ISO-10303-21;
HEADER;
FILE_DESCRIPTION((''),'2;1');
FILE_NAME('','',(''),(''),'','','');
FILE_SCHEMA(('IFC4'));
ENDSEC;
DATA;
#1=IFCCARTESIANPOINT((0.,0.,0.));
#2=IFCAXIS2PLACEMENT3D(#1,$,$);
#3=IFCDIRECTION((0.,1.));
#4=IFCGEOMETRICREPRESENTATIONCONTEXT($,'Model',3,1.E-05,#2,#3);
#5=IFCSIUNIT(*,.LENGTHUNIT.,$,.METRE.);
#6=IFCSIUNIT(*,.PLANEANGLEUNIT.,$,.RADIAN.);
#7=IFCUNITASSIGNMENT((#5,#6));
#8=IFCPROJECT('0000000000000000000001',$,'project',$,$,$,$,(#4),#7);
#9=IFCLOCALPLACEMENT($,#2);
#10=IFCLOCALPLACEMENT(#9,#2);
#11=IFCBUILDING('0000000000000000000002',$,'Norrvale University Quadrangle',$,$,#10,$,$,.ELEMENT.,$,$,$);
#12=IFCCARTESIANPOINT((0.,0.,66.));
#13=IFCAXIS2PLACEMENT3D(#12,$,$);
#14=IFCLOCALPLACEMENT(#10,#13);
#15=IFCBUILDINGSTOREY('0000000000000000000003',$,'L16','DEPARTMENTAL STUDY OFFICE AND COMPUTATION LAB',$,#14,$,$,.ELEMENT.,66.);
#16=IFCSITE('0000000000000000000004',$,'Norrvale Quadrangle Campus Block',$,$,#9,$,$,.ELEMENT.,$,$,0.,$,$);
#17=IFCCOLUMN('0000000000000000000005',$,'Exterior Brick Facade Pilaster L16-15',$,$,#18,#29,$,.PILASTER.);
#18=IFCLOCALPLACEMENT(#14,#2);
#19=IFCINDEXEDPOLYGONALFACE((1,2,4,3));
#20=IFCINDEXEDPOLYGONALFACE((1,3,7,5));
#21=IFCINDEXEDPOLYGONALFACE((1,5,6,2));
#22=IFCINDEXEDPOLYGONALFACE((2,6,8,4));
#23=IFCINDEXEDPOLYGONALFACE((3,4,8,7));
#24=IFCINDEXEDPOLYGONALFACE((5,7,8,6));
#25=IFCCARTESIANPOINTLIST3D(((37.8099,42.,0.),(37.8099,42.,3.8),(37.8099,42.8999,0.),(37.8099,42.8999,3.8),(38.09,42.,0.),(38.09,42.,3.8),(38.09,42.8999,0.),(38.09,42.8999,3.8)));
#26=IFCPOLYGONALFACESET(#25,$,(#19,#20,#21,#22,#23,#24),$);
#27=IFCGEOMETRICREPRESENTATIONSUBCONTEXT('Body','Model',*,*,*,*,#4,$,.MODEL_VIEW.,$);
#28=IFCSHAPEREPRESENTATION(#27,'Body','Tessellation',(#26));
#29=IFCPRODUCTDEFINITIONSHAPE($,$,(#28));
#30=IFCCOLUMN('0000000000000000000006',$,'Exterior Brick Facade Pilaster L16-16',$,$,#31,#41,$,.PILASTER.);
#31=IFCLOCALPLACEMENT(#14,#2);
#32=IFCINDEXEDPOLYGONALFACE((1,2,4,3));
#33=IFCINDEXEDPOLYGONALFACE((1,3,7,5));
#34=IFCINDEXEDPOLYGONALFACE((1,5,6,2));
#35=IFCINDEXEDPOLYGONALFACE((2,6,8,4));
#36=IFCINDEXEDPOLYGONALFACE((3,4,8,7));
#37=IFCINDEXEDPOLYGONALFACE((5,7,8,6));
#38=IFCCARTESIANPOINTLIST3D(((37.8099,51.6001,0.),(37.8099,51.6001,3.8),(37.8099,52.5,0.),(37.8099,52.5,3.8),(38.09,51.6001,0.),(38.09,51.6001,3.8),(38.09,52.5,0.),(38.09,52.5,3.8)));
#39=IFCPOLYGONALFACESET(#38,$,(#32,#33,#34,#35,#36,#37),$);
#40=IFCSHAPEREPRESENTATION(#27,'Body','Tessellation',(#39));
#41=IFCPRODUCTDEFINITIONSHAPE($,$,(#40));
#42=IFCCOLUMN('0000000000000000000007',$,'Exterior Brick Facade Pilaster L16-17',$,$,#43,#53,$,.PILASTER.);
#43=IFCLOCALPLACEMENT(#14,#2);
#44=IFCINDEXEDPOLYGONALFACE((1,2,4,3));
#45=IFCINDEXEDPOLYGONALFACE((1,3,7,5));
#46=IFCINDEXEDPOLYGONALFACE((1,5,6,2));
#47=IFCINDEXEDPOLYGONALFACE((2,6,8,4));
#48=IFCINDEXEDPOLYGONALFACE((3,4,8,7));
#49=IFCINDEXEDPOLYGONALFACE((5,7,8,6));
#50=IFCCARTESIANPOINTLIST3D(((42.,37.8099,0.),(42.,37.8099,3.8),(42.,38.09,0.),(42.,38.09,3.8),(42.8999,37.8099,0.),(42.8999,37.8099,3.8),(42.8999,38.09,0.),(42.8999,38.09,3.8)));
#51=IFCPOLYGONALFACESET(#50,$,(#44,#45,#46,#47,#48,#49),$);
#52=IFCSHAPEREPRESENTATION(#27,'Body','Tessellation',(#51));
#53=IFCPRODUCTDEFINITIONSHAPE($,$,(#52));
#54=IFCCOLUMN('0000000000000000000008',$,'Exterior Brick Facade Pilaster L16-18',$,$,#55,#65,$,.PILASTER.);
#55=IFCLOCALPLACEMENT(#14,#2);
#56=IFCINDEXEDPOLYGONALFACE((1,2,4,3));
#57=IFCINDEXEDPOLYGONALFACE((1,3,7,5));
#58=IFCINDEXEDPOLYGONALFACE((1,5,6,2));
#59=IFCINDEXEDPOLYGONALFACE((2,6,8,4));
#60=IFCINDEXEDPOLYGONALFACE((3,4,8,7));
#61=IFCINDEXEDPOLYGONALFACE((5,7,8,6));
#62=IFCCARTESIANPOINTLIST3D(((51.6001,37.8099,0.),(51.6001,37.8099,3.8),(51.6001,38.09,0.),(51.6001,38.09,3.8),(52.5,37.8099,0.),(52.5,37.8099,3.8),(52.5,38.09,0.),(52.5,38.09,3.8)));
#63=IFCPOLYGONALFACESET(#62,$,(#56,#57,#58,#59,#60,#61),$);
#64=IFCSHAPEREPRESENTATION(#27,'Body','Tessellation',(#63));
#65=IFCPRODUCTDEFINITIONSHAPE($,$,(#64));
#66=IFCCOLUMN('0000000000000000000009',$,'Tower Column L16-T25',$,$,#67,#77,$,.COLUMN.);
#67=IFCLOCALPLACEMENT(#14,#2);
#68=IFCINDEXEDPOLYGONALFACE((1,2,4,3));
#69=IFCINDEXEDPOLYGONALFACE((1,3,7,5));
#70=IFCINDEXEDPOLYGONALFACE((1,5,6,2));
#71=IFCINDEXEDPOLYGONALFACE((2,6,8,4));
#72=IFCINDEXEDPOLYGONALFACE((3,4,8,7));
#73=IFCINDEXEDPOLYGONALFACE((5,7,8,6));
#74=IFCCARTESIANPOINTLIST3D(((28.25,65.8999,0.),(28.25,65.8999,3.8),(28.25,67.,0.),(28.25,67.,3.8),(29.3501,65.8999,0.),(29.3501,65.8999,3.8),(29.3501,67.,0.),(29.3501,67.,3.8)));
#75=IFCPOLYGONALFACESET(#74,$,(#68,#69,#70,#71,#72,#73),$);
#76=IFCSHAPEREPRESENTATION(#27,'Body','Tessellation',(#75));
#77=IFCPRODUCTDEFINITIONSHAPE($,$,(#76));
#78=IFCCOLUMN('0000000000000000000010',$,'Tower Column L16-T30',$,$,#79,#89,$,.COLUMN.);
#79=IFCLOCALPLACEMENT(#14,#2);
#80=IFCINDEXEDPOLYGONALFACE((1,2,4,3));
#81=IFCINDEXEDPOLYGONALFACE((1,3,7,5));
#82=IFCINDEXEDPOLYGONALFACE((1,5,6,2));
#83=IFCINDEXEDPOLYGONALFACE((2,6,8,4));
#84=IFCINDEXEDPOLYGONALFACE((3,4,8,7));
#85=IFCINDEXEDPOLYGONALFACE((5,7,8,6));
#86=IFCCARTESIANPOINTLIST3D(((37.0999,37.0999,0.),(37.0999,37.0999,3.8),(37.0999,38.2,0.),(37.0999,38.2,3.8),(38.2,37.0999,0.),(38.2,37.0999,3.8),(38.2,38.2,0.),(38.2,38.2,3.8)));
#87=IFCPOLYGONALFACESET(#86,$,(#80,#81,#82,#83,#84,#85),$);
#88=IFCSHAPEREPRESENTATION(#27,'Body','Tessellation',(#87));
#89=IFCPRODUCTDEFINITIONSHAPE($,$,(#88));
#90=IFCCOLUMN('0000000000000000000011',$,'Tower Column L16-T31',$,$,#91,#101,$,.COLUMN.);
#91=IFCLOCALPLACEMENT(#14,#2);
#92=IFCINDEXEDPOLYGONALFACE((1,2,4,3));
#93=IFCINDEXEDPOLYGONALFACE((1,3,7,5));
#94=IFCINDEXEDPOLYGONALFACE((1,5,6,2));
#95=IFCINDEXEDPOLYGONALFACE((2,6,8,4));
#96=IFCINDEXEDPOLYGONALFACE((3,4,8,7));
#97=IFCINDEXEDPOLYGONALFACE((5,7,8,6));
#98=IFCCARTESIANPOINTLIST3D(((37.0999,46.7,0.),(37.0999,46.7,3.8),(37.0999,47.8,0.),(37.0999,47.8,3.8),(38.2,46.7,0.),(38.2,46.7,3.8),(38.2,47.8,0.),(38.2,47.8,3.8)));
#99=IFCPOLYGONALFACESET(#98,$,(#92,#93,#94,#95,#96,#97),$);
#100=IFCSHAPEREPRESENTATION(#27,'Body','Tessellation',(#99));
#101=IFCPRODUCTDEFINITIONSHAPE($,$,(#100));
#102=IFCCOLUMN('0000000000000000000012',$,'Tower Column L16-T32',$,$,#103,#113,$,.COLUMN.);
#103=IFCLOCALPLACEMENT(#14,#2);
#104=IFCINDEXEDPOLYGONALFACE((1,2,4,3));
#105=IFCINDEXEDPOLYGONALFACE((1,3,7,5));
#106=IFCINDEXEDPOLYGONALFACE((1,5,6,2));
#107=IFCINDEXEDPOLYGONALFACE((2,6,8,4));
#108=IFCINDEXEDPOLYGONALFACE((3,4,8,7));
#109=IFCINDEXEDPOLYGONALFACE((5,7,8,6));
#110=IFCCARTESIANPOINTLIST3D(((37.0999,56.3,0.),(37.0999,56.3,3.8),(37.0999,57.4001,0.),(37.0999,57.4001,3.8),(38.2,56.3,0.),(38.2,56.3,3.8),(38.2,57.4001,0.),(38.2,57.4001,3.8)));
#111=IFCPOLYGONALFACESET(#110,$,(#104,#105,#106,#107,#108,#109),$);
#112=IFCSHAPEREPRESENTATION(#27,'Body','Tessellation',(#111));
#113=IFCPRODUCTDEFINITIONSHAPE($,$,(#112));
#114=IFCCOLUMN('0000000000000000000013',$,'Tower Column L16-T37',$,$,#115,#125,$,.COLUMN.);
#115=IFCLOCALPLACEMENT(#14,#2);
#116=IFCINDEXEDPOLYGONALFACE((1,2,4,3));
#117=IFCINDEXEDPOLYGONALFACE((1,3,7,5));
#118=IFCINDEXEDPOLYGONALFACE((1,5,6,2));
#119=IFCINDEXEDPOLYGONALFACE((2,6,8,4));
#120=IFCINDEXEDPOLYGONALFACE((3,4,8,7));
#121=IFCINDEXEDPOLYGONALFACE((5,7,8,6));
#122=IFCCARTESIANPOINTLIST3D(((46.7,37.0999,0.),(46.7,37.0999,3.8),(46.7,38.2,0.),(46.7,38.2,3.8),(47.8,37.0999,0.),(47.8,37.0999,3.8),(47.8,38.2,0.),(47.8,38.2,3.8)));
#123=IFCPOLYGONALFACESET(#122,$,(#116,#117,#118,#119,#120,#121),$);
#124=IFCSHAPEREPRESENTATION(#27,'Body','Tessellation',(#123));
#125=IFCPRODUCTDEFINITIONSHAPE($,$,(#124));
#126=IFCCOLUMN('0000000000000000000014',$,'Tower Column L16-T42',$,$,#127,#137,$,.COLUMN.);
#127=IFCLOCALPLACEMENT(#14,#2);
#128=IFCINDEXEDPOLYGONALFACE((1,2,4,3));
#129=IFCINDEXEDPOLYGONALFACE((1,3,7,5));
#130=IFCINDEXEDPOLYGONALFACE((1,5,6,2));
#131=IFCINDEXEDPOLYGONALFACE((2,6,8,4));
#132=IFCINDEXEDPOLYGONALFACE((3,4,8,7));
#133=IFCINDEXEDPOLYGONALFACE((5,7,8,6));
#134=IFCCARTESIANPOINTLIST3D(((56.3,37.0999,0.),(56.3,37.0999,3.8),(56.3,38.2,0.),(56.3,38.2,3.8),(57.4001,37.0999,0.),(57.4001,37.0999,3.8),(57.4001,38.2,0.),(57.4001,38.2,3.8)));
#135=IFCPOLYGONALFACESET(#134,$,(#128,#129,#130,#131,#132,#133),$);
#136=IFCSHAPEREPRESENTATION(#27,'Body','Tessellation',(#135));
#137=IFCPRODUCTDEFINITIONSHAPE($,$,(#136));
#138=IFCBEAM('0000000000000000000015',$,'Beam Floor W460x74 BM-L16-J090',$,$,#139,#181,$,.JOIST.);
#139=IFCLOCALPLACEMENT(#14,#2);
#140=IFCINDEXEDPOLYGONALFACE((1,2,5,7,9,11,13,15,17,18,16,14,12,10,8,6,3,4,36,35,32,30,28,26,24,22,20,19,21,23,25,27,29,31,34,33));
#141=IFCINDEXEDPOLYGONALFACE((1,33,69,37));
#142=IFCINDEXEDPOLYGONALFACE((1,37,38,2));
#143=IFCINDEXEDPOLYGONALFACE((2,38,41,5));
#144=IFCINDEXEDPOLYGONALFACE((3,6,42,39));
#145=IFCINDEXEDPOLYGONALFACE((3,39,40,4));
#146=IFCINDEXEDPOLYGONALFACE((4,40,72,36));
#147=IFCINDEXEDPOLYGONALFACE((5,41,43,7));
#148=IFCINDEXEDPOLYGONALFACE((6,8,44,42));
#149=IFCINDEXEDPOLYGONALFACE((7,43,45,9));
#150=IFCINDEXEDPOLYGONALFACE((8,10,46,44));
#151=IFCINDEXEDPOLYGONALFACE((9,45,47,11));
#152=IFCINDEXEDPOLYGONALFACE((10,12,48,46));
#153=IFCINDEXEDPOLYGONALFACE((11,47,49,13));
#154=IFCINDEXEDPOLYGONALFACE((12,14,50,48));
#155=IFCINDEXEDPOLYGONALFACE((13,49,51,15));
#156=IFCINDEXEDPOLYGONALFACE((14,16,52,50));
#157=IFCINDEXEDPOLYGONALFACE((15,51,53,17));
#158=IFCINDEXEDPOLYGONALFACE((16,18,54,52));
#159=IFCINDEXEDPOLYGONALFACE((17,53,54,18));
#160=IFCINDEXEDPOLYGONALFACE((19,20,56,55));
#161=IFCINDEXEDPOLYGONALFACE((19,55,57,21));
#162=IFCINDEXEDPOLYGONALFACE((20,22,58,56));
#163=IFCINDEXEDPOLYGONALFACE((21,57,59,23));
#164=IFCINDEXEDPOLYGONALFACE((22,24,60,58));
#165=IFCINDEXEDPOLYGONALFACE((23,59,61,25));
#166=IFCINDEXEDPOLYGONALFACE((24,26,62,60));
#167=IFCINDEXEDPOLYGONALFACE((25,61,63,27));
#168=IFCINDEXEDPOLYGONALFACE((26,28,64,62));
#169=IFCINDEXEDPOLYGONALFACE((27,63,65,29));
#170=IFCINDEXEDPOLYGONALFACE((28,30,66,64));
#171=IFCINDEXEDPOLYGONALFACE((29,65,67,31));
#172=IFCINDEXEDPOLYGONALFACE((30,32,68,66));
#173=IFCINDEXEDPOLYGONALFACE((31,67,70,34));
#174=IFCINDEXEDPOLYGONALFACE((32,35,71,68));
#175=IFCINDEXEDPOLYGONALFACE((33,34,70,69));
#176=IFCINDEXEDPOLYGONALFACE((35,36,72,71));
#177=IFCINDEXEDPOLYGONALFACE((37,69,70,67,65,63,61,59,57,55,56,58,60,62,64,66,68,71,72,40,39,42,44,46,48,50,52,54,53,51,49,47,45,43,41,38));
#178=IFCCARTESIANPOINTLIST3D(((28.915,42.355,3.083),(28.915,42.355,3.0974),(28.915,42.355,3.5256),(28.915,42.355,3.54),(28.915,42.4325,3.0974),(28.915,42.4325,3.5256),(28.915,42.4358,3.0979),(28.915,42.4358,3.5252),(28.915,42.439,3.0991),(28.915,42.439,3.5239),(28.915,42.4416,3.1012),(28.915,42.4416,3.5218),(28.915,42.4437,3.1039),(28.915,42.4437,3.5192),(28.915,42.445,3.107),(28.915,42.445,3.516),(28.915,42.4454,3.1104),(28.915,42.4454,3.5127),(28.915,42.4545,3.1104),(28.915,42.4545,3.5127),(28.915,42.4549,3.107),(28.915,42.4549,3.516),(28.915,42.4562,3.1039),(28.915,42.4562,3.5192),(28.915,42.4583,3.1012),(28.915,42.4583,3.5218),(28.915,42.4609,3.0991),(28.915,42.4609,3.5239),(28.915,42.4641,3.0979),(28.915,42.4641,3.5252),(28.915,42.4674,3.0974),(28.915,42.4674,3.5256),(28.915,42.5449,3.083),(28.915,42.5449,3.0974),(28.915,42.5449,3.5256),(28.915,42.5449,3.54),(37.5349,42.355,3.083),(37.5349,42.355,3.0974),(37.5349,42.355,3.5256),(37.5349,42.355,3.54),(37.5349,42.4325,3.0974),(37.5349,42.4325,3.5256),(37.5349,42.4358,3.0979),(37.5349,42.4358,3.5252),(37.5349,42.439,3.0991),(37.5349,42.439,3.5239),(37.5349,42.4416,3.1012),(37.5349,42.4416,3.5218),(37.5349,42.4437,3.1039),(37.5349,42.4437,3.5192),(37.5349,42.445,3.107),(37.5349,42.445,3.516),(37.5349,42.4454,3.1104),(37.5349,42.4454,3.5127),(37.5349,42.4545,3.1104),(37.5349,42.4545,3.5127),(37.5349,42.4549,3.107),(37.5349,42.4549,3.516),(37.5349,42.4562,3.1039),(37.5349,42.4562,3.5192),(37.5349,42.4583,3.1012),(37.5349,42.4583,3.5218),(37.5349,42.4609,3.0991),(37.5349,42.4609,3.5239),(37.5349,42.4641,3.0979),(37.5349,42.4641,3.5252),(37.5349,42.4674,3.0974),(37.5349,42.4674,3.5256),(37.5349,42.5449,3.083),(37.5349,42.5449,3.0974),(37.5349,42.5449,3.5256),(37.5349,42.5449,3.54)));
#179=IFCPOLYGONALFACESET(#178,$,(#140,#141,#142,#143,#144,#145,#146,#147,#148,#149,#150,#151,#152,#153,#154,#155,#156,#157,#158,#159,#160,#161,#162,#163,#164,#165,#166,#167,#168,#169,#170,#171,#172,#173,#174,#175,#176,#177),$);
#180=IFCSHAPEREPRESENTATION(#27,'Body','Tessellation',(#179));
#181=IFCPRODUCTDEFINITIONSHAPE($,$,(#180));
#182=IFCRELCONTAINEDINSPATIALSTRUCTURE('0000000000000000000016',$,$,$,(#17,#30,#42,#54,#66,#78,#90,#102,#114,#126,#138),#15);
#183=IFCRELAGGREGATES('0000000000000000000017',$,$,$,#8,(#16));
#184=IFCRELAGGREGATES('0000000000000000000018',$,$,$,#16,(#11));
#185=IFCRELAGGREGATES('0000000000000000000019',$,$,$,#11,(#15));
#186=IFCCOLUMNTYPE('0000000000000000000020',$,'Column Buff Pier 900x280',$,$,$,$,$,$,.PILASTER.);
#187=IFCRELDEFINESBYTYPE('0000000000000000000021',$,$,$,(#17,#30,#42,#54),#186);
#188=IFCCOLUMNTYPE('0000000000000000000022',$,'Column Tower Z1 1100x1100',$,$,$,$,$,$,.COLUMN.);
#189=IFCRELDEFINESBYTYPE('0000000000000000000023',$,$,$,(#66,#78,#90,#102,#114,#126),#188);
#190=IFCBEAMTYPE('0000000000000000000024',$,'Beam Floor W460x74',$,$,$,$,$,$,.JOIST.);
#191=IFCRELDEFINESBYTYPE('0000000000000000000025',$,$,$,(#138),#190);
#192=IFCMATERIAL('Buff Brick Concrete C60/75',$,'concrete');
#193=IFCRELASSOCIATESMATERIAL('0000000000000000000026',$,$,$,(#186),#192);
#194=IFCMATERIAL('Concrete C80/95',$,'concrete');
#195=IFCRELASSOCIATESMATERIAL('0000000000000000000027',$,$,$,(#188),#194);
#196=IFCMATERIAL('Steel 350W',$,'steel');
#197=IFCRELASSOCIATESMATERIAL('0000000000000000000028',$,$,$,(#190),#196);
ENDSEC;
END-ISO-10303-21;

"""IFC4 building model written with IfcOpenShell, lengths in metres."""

from ifc_helpers import new_model, si_unit, direction, frame, origin, origin_2d, place, context, subcontext, project, spatial, rectangle, i_section, extrude, material, material_profile, profile_set, type_object, element, save


model = new_model("IFC4")

# Units and contexts
model_context = context("Model", 3, precision=1e-05, world=origin(), true_north=direction((0.0, 1.0)))
body_context = subcontext(model_context, "Body", "Model", "MODEL_VIEW")
ifc_project = project(units=[si_unit("LENGTHUNIT", "METRE"), si_unit("PLANEANGLEUNIT", "RADIAN")], contexts=[model_context])

# Site, building, storey
site_placement = place(None, origin())
site = spatial("IfcSite", under=ifc_project, at=site_placement, Name="Norrvale Quadrangle Campus Block", CompositionType="ELEMENT", RefElevation=0.0)
building_placement = place(site_placement, origin())
building = spatial("IfcBuilding", under=site, at=building_placement, Name="Norrvale University Quadrangle", CompositionType="ELEMENT")
storey_placement = place(building_placement, frame((0.0, 0.0, 66.0)))
storey = spatial("IfcBuildingStorey", under=building, at=storey_placement, Name="L16", Description="DEPARTMENTAL STUDY OFFICE AND COMPUTATION LAB", CompositionType="ELEMENT", Elevation=66.0)

# Columns
ifc_material_1 = material(Name="Buff Brick Concrete C60/75", Category="concrete")
ifc_material_profile_1 = material_profile(ifc_material_1, rectangle(XDim=0.8999, YDim=0.28, at=origin_2d()), Name="Buff Brick Concrete C60/75")
ifc_profile_set_1 = profile_set([ifc_material_profile_1], Name="Buff Brick Concrete C60/75")
column_type_1 = type_object("IfcColumnType", Name="Column Buff Pier 900x280", PredefinedType="PILASTER", material=ifc_profile_set_1)
for number, where, z_axis, x_axis, name in (
    (1, (37.95, 42.45, 0.0), (0.0, 0.0, 1.0), (0.0, 1.0, 0.0), "Exterior Brick Facade Pilaster L16-15"),
    (2, (37.95, 52.05, 0.0), (0.0, 0.0, 1.0), (0.0, 1.0, 0.0), "Exterior Brick Facade Pilaster L16-16"),
    (3, (42.45, 37.95, 0.0), (0.0, 0.0, 1.0), (1.0, 0.0, 0.0), "Exterior Brick Facade Pilaster L16-17"),
    (4, (52.05, 37.95, 0.0), (0.0, 0.0, 1.0), (1.0, 0.0, 0.0), "Exterior Brick Facade Pilaster L16-18"),
):
    element("IfcColumn", number, at=place(storey_placement, frame(where, z_axis=z_axis, x_axis=x_axis)), inside=storey, type_object=column_type_1, Name=name, PredefinedType="PILASTER", context=body_context, shape_type="SweptSolid", body=[
        extrude(rectangle(XDim=0.8999, YDim=0.28, at=origin_2d()), origin(), (0.0, 0.0, 1.0), 3.8),
    ])
ifc_material_2 = material(Name="Concrete C80/95", Category="concrete")
ifc_material_profile_2 = material_profile(ifc_material_2, rectangle(XDim=1.1001, YDim=1.1001, at=origin_2d()), Name="Concrete C80/95")
ifc_profile_set_2 = profile_set([ifc_material_profile_2], Name="Concrete C80/95")
column_type_2 = type_object("IfcColumnType", Name="Column Tower Z1 1100x1100", PredefinedType="COLUMN", material=ifc_profile_set_2)
for number, where, z_axis, x_axis, name in (
    (5, (28.8, 66.45, 0.0), (0.0, 0.0, 1.0), (1.0, 0.0, 0.0), "Tower Column L16-T25"),
    (6, (37.6499, 37.6499, 0.0), (0.0, 0.0, 1.0), (1.0, 0.0, 0.0), "Tower Column L16-T30"),
    (7, (37.6499, 47.25, 0.0), (0.0, 0.0, 1.0), (1.0, 0.0, 0.0), "Tower Column L16-T31"),
    (8, (37.6499, 56.8501, 0.0), (0.0, 0.0, 1.0), (1.0, 0.0, 0.0), "Tower Column L16-T32"),
    (9, (47.25, 37.6499, 0.0), (0.0, 0.0, 1.0), (1.0, 0.0, 0.0), "Tower Column L16-T37"),
    (10, (56.8501, 37.6499, 0.0), (0.0, 0.0, 1.0), (1.0, 0.0, 0.0), "Tower Column L16-T42"),
):
    element("IfcColumn", number, at=place(storey_placement, frame(where, z_axis=z_axis, x_axis=x_axis)), inside=storey, type_object=column_type_2, Name=name, PredefinedType="COLUMN", context=body_context, shape_type="SweptSolid", body=[
        extrude(rectangle(XDim=1.1001, YDim=1.1001, at=origin_2d()), origin(), (0.0, 0.0, 1.0), 3.8),
    ])

# Beam
ifc_material_3 = material(Name="Steel 350W", Category="steel")
ifc_material_profile_3 = material_profile(ifc_material_3, i_section(OverallWidth=0.1899, OverallDepth=0.457, WebThickness=0.009, FlangeThickness=0.0144, FilletRadius=0.0129, at=origin_2d()), Name="Steel 350W")
ifc_profile_set_3 = profile_set([ifc_material_profile_3], Name="Steel 350W")
beam_type_1 = type_object("IfcBeamType", Name="Beam Floor W460x74", PredefinedType="JOIST", material=ifc_profile_set_3)
for number, where, z_axis, x_axis, name in (
    (11, (28.915, 42.45, 3.3115), (1.0, 0.0, 0.0), (0.0, 1.0, 0.0), "Beam Floor W460x74 BM-L16-J090"),
):
    element("IfcBeam", number, at=place(storey_placement, frame(where, z_axis=z_axis, x_axis=x_axis)), inside=storey, type_object=beam_type_1, Name=name, PredefinedType="JOIST", context=body_context, shape_type="SweptSolid", body=[
        extrude(i_section(OverallWidth=0.1899, OverallDepth=0.457, WebThickness=0.009, FlangeThickness=0.0144, FilletRadius=0.0129, at=origin_2d()), origin(), (0.0, 0.0, 1.0), 8.6199),
    ])

save(model, "model.ifc")
